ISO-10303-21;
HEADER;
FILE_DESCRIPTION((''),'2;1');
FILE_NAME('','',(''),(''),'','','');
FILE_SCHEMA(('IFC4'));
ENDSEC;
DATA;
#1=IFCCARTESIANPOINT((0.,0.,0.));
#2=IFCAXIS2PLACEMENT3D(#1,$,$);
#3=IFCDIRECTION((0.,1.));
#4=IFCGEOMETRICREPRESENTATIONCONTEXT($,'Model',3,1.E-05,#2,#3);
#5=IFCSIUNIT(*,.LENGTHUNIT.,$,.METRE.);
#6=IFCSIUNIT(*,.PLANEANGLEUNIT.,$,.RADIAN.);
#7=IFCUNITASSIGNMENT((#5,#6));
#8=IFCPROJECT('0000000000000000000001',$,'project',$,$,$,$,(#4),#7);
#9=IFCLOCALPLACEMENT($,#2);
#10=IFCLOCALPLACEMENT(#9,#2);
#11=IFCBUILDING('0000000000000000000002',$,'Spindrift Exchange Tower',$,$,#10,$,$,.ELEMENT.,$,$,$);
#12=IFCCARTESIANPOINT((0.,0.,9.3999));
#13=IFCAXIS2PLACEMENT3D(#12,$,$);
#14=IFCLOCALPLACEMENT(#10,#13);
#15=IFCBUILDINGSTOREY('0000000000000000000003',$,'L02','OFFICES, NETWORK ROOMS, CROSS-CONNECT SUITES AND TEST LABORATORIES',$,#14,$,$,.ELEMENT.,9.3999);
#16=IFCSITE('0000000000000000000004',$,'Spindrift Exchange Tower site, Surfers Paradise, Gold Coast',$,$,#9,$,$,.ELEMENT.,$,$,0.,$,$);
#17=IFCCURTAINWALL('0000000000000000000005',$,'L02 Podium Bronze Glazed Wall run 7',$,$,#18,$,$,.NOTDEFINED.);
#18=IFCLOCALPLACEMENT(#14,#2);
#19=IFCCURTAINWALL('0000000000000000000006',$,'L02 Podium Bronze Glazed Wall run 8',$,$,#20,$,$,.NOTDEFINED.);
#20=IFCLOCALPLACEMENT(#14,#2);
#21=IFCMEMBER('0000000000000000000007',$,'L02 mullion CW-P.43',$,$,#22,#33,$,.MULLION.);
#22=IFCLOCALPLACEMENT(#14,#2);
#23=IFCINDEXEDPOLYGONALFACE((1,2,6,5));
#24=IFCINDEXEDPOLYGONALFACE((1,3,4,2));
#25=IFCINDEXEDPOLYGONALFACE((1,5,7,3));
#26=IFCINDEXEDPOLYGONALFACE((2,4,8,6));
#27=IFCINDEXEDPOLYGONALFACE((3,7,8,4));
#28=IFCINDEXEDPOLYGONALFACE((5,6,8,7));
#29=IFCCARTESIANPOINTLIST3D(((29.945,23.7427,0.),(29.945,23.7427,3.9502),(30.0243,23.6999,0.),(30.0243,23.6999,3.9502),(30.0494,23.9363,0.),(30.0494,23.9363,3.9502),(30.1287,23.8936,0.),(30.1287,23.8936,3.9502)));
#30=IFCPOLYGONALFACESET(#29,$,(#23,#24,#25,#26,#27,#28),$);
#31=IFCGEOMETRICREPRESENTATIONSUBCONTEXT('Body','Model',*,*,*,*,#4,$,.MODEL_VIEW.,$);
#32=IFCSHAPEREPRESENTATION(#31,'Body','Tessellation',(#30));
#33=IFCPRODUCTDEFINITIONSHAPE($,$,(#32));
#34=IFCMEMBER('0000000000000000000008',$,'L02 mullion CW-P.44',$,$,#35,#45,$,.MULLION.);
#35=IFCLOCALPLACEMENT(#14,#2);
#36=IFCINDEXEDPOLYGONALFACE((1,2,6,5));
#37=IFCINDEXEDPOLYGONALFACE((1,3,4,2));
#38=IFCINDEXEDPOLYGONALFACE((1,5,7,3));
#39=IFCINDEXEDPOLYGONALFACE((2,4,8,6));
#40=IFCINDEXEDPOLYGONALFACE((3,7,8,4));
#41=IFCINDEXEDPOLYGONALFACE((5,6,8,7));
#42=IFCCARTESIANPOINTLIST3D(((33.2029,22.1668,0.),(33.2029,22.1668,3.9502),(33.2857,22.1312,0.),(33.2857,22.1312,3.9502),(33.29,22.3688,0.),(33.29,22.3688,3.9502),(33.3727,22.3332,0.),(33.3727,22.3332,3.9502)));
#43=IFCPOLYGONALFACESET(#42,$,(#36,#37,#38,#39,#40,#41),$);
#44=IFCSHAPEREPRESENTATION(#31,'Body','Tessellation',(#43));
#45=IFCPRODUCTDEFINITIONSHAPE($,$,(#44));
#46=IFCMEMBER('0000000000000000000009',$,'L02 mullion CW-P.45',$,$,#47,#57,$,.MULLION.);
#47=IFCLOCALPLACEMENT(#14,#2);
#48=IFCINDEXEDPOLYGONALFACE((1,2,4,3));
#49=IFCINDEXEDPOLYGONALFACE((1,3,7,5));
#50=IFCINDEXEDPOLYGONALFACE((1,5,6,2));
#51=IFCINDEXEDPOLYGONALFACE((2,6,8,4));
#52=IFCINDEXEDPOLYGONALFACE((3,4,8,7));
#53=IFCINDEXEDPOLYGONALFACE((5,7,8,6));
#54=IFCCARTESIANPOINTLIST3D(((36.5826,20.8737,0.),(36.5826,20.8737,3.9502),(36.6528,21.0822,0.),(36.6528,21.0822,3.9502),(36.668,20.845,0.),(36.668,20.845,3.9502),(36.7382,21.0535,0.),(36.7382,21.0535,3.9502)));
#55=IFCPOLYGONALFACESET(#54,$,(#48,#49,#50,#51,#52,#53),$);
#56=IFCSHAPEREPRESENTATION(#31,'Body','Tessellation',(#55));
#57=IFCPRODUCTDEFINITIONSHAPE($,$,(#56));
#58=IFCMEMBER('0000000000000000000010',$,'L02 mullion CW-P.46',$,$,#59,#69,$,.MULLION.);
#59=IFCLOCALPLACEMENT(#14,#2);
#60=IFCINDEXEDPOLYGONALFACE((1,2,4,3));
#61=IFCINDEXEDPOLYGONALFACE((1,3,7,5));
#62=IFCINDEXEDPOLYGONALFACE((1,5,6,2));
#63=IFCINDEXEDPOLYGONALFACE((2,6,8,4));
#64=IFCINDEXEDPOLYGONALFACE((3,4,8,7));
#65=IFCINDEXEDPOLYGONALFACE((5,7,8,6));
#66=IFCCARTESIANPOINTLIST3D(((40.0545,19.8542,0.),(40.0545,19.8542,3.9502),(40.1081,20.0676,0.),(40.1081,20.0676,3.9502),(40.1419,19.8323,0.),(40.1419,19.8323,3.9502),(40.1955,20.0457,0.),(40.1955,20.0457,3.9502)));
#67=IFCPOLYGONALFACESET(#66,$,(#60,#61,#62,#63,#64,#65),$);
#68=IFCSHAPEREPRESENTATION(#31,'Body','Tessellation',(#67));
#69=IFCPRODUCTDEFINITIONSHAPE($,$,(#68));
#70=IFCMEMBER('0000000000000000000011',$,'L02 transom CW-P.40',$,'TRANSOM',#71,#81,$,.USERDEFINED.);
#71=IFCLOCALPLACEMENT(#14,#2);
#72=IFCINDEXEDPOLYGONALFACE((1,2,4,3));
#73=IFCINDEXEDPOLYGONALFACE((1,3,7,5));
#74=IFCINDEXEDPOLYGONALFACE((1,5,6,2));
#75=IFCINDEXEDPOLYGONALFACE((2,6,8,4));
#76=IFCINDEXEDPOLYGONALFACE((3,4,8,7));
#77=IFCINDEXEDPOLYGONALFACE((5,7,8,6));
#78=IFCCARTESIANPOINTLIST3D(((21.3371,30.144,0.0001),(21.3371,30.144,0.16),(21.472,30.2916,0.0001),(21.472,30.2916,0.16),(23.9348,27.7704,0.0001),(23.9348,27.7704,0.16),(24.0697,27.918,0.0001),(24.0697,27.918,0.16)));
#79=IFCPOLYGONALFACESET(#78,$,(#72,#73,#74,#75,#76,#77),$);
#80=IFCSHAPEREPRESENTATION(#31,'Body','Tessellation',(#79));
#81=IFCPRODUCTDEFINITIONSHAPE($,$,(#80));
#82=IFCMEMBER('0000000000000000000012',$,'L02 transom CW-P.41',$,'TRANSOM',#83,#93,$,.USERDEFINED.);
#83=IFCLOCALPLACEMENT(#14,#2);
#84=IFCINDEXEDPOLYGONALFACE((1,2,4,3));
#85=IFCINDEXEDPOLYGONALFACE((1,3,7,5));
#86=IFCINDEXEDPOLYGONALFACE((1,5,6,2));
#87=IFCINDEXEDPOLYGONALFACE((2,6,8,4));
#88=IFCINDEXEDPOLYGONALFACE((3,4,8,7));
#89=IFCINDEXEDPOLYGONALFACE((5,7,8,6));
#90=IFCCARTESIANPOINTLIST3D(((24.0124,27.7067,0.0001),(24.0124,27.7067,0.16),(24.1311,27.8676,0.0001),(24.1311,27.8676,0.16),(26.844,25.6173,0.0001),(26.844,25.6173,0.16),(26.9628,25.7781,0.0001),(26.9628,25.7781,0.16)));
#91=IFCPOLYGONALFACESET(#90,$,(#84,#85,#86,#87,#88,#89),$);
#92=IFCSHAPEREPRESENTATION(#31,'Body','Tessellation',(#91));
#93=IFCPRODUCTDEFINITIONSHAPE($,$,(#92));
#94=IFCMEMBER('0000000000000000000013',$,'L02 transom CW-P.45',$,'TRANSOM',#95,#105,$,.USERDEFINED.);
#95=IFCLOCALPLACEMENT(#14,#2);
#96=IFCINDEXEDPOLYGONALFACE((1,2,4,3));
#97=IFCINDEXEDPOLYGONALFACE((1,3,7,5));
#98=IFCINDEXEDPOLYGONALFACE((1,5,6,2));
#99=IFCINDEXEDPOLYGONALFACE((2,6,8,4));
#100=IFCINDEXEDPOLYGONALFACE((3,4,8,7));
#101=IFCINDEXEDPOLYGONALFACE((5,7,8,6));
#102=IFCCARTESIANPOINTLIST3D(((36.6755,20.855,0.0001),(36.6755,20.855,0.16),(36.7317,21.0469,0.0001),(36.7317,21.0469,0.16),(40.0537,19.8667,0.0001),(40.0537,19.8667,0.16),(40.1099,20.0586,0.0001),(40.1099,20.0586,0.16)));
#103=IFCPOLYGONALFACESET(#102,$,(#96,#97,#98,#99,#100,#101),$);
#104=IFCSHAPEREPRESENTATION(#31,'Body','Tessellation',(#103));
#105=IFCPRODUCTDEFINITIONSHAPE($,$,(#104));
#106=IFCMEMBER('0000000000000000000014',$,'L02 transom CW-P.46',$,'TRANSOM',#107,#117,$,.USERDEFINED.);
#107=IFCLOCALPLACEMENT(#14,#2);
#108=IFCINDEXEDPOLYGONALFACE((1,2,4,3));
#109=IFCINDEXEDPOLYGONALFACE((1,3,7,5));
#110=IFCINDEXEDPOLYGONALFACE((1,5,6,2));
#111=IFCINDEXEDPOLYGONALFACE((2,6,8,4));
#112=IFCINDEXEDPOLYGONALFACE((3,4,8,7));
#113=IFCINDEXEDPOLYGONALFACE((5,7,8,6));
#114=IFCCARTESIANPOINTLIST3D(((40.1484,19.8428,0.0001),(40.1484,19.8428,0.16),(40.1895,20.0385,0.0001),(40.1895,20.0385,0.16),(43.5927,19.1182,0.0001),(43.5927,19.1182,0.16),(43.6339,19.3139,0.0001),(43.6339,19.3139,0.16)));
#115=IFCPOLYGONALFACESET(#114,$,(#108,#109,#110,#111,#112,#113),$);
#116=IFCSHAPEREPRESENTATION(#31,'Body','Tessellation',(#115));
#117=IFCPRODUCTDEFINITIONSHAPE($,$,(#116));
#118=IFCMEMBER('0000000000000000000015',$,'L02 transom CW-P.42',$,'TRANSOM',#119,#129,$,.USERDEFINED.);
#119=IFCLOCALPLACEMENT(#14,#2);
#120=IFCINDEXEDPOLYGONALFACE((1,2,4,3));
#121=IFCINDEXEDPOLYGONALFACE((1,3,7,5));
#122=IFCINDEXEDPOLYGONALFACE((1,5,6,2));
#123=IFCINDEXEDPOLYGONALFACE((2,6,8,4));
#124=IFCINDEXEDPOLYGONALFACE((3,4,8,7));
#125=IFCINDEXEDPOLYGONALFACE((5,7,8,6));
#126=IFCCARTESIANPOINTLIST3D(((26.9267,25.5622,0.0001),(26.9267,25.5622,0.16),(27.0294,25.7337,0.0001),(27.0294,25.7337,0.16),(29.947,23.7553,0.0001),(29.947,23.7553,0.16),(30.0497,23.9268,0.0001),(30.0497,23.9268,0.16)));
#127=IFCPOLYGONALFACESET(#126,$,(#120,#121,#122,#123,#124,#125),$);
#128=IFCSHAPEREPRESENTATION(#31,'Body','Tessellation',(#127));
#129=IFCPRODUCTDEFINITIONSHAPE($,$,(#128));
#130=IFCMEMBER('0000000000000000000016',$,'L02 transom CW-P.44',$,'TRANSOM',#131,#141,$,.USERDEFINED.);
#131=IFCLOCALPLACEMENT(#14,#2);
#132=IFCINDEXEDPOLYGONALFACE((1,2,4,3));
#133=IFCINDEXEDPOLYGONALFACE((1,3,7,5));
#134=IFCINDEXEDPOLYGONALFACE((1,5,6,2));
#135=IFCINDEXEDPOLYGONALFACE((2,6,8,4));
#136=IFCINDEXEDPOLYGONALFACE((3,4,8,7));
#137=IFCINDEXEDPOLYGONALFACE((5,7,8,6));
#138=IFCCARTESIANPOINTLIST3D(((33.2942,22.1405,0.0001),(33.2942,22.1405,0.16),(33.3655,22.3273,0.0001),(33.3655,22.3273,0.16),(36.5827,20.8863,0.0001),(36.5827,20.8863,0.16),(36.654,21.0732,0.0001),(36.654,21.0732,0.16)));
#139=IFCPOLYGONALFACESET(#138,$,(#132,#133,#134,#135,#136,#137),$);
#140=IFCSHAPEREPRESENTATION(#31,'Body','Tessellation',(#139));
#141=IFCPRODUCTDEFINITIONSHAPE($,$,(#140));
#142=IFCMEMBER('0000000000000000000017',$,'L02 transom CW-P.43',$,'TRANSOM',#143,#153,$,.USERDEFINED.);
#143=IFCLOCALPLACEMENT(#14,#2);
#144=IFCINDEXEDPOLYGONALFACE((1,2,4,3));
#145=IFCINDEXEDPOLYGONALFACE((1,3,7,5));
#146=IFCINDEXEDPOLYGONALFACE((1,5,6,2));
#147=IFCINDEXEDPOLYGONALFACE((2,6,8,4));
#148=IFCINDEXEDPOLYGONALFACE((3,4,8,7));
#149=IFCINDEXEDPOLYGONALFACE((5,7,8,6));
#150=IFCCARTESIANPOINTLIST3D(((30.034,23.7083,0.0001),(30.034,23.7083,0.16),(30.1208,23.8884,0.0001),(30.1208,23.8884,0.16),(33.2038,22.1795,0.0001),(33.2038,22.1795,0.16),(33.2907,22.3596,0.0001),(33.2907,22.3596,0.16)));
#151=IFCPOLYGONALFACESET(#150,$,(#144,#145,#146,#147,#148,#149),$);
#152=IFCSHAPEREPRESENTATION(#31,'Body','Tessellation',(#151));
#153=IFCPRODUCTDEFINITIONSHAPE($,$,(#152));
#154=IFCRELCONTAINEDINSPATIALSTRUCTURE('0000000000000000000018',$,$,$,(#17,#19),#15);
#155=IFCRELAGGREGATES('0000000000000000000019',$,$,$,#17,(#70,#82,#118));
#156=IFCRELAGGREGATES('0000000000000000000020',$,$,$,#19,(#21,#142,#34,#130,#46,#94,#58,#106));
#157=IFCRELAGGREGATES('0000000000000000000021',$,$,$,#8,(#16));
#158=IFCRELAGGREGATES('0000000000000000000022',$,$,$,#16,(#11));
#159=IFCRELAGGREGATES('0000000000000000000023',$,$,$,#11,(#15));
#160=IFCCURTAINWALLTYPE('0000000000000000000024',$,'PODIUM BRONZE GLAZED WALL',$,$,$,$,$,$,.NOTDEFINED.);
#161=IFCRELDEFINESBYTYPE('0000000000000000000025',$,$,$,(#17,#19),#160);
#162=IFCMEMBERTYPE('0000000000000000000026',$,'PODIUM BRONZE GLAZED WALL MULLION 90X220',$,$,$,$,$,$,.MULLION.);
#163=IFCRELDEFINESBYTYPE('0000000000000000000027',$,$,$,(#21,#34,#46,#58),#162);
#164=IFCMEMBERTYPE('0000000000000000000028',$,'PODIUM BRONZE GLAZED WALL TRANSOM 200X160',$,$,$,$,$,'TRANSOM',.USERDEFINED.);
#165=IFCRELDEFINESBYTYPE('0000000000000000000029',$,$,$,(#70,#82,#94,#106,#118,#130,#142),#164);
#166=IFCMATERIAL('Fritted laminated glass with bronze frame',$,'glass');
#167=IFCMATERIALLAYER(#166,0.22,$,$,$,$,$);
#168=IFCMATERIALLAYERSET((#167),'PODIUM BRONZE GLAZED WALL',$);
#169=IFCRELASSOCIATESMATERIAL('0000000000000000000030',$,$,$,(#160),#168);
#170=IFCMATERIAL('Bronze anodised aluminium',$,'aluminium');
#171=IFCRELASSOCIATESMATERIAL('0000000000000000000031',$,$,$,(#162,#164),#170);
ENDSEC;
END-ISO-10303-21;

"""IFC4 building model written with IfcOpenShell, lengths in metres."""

from ifc_helpers import new_model, si_unit, direction, frame, origin, origin_2d, place, context, subcontext, project, spatial, rectangle, extrude, source, transform, mapped, material, layer, layer_set, material_profile, profile_set, type_object, element, aggregate, save


model = new_model("IFC4")

# Units and contexts
model_context = context("Model", 3, precision=1e-05, world=origin(), true_north=direction((0.0, 1.0)))
body_context = subcontext(model_context, "Body", "Model", "MODEL_VIEW")
ifc_project = project(units=[si_unit("LENGTHUNIT", "METRE"), si_unit("PLANEANGLEUNIT", "RADIAN")], contexts=[model_context])

# Site, building, storey
site_placement = place(None, origin())
site = spatial("IfcSite", under=ifc_project, at=site_placement, Name="Spindrift Exchange Tower site, Surfers Paradise, Gold Coast", CompositionType="ELEMENT", RefElevation=0.0)
building_placement = place(site_placement, origin())
building = spatial("IfcBuilding", under=site, at=building_placement, Name="Spindrift Exchange Tower", CompositionType="ELEMENT")
storey_placement = place(building_placement, frame((0.0, 0.0, 9.3999)))
storey = spatial("IfcBuildingStorey", under=building, at=storey_placement, Name="L02", Description="OFFICES, NETWORK ROOMS, CROSS-CONNECT SUITES AND TEST LABORATORIES", CompositionType="ELEMENT", Elevation=9.3999)

# Curtain walls, members
ifc_material_1 = material(Name="Fritted laminated glass with bronze frame", Category="glass")
ifc_layer_1 = layer(ifc_material_1, 0.22)
ifc_layer_set_1 = layer_set([ifc_layer_1], Name="PODIUM BRONZE GLAZED WALL")
curtain_wall_type = type_object("IfcCurtainWallType", Name="PODIUM BRONZE GLAZED WALL", PredefinedType="NOTDEFINED", material=ifc_layer_set_1)
curtain_wall_1_placement = place(storey_placement, origin())
curtain_wall_1 = element("IfcCurtainWall", 1, at=curtain_wall_1_placement, inside=storey, type_object=curtain_wall_type, Name="L02 Podium Bronze Glazed Wall run 7", PredefinedType="NOTDEFINED")
ifc_material_2 = material(Name="Bronze anodised aluminium", Category="aluminium")
ifc_material_profile_1 = material_profile(ifc_material_2, rectangle(XDim=0.0901, YDim=0.22, at=origin_2d()), Name="PODIUM BRONZE GLAZED WALL MULLION 90X220")
ifc_profile_set_1 = profile_set([ifc_material_profile_1], Name="Bronze anodised aluminium")
member_type_1 = type_object("IfcMemberType", Name="PODIUM BRONZE GLAZED WALL MULLION 90X220", PredefinedType="MULLION", material=ifc_profile_set_1)
shared_shape_1 = source(origin(), body_context, "Body", "SweptSolid", [
    extrude(rectangle(XDim=0.0901, YDim=0.22, at=origin_2d()), origin(), (0.0, 0.0, 1.0), 3.9502),
])
curtain_wall_2_placement = place(storey_placement, origin())
curtain_wall_2 = element("IfcCurtainWall", 2, at=curtain_wall_2_placement, inside=storey, type_object=curtain_wall_type, Name="L02 Podium Bronze Glazed Wall run 8", PredefinedType="NOTDEFINED")
member_1_placement = place(storey_placement, frame((30.0369, 23.8181, 0.0), z_axis=(0.0, 0.0, 1.0), x_axis=(0.880313, -0.474394, 0.0)))
member_1 = element("IfcMember", 3, at=member_1_placement, type_object=member_type_1, Name="L02 mullion CW-P.43", PredefinedType="MULLION", context=body_context, shape_type="MappedRepresentation", body=[
    mapped(shared_shape_1, transform((0.0, 0.0, 0.0), scale=1.0)),
])
member_2_placement = place(storey_placement, frame((33.2878, 22.25, 0.0), z_axis=(0.0, 0.0, 1.0), x_axis=(0.918354, -0.395759, 0.0)))
member_2 = element("IfcMember", 4, at=member_2_placement, type_object=member_type_1, Name="L02 mullion CW-P.44", PredefinedType="MULLION", context=body_context, shape_type="MappedRepresentation", body=[
    mapped(shared_shape_1, transform((0.0, 0.0, 0.0), scale=1.0)),
])
member_3_placement = place(storey_placement, frame((36.6604, 20.9636, 0.0), z_axis=(0.0, 0.0, 1.0), x_axis=(0.947806, -0.318848, 0.0)))
member_3 = element("IfcMember", 5, at=member_3_placement, type_object=member_type_1, Name="L02 mullion CW-P.45", PredefinedType="MULLION", context=body_context, shape_type="MappedRepresentation", body=[
    mapped(shared_shape_1, transform((0.0, 0.0, 0.0), scale=1.0)),
])
member_4_placement = place(storey_placement, frame((40.125, 19.95, 0.0), z_axis=(0.0, 0.0, 1.0), x_axis=(0.969898, -0.243511, 0.0)))
member_4 = element("IfcMember", 6, at=member_4_placement, type_object=member_type_1, Name="L02 mullion CW-P.46", PredefinedType="MULLION", context=body_context, shape_type="MappedRepresentation", body=[
    mapped(shared_shape_1, transform((0.0, 0.0, 0.0), scale=1.0)),
])

# Members
ifc_material_profile_2 = material_profile(ifc_material_2, rectangle(XDim=0.2, YDim=0.1599, at=origin_2d()), Name="PODIUM BRONZE GLAZED WALL TRANSOM 200X160")
ifc_profile_set_2 = profile_set([ifc_material_profile_2], Name="Bronze anodised aluminium")
member_type_2 = type_object("IfcMemberType", Name="PODIUM BRONZE GLAZED WALL TRANSOM 200X160", ElementType="TRANSOM", PredefinedType="USERDEFINED", material=ifc_profile_set_2)
shared_shape_2 = source(origin(), body_context, "Body", "SweptSolid", [
    extrude(rectangle(XDim=0.2, YDim=0.1599, at=origin_2d()), origin(), (0.0, 0.0, 1.0), 3.5188),
])
member_5_placement = place(storey_placement, frame((21.4045, 30.2178, 0.0801), z_axis=(0.738236, -0.674542, 0.0), x_axis=(0.674542, 0.738236, 0.0)))
member_5 = element("IfcMember", 7, at=member_5_placement, type_object=member_type_2, Name="L02 transom CW-P.40", ObjectType="TRANSOM", PredefinedType="USERDEFINED", context=body_context, shape_type="MappedRepresentation", body=[
    mapped(shared_shape_2, transform((0.0, 0.0, 0.0), scale=1.0)),
])
shared_shape_3 = source(origin(), body_context, "Body", "SweptSolid", [
    extrude(rectangle(XDim=0.2, YDim=0.1599, at=origin_2d()), origin(), (0.0, 0.0, 1.0), 3.519),
])
member_6_placement = place(storey_placement, frame((24.0718, 27.7871, 0.0801), z_axis=(0.804655, -0.593743, 0.0), x_axis=(0.593743, 0.804655, 0.0)))
member_6 = element("IfcMember", 8, at=member_6_placement, type_object=member_type_2, Name="L02 transom CW-P.41", ObjectType="TRANSOM", PredefinedType="USERDEFINED", context=body_context, shape_type="MappedRepresentation", body=[
    mapped(shared_shape_3, transform((0.0, 0.0, 0.0), scale=1.0)),
])
shared_shape_4 = source(origin(), body_context, "Body", "SweptSolid", [
    extrude(rectangle(XDim=0.2, YDim=0.1599, at=origin_2d()), origin(), (0.0, 0.0, 1.0), 3.5198),
])
member_7_placement = place(storey_placement, frame((36.7036, 20.9509, 0.0801), z_axis=(0.959772, -0.28078, 0.0), x_axis=(0.28078, 0.959772, 0.0)))
member_7 = element("IfcMember", 9, at=member_7_placement, type_object=member_type_2, Name="L02 transom CW-P.45", ObjectType="TRANSOM", PredefinedType="USERDEFINED", context=body_context, shape_type="MappedRepresentation", body=[
    mapped(shared_shape_4, transform((0.0, 0.0, 0.0), scale=1.0)),
])
member_8_placement = place(storey_placement, frame((40.1689, 19.9407, 0.0801), z_axis=(0.978579, -0.205871, 0.0), x_axis=(0.205871, 0.978579, 0.0)))
member_8 = element("IfcMember", 10, at=member_8_placement, type_object=member_type_2, Name="L02 transom CW-P.46", ObjectType="TRANSOM", PredefinedType="USERDEFINED", context=body_context, shape_type="MappedRepresentation", body=[
    mapped(shared_shape_4, transform((0.0, 0.0, 0.0), scale=1.0)),
])
shared_shape_5 = source(origin(), body_context, "Body", "SweptSolid", [
    extrude(rectangle(XDim=0.2, YDim=0.1599, at=origin_2d()), origin(), (0.0, 0.0, 1.0), 3.5195),
])
member_9_placement = place(storey_placement, frame((26.978, 25.6479, 0.0801), z_axis=(0.858153, -0.513394, 0.0), x_axis=(0.513394, 0.858153, 0.0)))
member_9 = element("IfcMember", 11, at=member_9_placement, type_object=member_type_2, Name="L02 transom CW-P.42", ObjectType="TRANSOM", PredefinedType="USERDEFINED", context=body_context, shape_type="MappedRepresentation", body=[
    mapped(shared_shape_5, transform((0.0, 0.0, 0.0), scale=1.0)),
])
member_10_placement = place(storey_placement, frame((33.3298, 22.2339, 0.0801), z_axis=(0.934359, -0.356333, 0.0), x_axis=(0.356333, 0.934359, 0.0)))
member_10 = element("IfcMember", 12, at=member_10_placement, type_object=member_type_2, Name="L02 transom CW-P.44", ObjectType="TRANSOM", PredefinedType="USERDEFINED", context=body_context, shape_type="MappedRepresentation", body=[
    mapped(shared_shape_5, transform((0.0, 0.0, 0.0), scale=1.0)),
])
shared_shape_6 = source(origin(), body_context, "Body", "SweptSolid", [
    extrude(rectangle(XDim=0.2, YDim=0.1599, at=origin_2d()), origin(), (0.0, 0.0, 1.0), 3.5193),
])
member_11_placement = place(storey_placement, frame((30.0774, 23.7983, 0.0801), z_axis=(0.900718, -0.434404, 0.0), x_axis=(0.434404, 0.900718, 0.0)))
member_11 = element("IfcMember", 13, at=member_11_placement, type_object=member_type_2, Name="L02 transom CW-P.43", ObjectType="TRANSOM", PredefinedType="USERDEFINED", context=body_context, shape_type="MappedRepresentation", body=[
    mapped(shared_shape_6, transform((0.0, 0.0, 0.0), scale=1.0)),
])

aggregate(curtain_wall_1, [member_5, member_6, member_9])
aggregate(curtain_wall_2, [member_1, member_11, member_2, member_10, member_3, member_7, member_4, member_8])

save(model, "model.ifc")
